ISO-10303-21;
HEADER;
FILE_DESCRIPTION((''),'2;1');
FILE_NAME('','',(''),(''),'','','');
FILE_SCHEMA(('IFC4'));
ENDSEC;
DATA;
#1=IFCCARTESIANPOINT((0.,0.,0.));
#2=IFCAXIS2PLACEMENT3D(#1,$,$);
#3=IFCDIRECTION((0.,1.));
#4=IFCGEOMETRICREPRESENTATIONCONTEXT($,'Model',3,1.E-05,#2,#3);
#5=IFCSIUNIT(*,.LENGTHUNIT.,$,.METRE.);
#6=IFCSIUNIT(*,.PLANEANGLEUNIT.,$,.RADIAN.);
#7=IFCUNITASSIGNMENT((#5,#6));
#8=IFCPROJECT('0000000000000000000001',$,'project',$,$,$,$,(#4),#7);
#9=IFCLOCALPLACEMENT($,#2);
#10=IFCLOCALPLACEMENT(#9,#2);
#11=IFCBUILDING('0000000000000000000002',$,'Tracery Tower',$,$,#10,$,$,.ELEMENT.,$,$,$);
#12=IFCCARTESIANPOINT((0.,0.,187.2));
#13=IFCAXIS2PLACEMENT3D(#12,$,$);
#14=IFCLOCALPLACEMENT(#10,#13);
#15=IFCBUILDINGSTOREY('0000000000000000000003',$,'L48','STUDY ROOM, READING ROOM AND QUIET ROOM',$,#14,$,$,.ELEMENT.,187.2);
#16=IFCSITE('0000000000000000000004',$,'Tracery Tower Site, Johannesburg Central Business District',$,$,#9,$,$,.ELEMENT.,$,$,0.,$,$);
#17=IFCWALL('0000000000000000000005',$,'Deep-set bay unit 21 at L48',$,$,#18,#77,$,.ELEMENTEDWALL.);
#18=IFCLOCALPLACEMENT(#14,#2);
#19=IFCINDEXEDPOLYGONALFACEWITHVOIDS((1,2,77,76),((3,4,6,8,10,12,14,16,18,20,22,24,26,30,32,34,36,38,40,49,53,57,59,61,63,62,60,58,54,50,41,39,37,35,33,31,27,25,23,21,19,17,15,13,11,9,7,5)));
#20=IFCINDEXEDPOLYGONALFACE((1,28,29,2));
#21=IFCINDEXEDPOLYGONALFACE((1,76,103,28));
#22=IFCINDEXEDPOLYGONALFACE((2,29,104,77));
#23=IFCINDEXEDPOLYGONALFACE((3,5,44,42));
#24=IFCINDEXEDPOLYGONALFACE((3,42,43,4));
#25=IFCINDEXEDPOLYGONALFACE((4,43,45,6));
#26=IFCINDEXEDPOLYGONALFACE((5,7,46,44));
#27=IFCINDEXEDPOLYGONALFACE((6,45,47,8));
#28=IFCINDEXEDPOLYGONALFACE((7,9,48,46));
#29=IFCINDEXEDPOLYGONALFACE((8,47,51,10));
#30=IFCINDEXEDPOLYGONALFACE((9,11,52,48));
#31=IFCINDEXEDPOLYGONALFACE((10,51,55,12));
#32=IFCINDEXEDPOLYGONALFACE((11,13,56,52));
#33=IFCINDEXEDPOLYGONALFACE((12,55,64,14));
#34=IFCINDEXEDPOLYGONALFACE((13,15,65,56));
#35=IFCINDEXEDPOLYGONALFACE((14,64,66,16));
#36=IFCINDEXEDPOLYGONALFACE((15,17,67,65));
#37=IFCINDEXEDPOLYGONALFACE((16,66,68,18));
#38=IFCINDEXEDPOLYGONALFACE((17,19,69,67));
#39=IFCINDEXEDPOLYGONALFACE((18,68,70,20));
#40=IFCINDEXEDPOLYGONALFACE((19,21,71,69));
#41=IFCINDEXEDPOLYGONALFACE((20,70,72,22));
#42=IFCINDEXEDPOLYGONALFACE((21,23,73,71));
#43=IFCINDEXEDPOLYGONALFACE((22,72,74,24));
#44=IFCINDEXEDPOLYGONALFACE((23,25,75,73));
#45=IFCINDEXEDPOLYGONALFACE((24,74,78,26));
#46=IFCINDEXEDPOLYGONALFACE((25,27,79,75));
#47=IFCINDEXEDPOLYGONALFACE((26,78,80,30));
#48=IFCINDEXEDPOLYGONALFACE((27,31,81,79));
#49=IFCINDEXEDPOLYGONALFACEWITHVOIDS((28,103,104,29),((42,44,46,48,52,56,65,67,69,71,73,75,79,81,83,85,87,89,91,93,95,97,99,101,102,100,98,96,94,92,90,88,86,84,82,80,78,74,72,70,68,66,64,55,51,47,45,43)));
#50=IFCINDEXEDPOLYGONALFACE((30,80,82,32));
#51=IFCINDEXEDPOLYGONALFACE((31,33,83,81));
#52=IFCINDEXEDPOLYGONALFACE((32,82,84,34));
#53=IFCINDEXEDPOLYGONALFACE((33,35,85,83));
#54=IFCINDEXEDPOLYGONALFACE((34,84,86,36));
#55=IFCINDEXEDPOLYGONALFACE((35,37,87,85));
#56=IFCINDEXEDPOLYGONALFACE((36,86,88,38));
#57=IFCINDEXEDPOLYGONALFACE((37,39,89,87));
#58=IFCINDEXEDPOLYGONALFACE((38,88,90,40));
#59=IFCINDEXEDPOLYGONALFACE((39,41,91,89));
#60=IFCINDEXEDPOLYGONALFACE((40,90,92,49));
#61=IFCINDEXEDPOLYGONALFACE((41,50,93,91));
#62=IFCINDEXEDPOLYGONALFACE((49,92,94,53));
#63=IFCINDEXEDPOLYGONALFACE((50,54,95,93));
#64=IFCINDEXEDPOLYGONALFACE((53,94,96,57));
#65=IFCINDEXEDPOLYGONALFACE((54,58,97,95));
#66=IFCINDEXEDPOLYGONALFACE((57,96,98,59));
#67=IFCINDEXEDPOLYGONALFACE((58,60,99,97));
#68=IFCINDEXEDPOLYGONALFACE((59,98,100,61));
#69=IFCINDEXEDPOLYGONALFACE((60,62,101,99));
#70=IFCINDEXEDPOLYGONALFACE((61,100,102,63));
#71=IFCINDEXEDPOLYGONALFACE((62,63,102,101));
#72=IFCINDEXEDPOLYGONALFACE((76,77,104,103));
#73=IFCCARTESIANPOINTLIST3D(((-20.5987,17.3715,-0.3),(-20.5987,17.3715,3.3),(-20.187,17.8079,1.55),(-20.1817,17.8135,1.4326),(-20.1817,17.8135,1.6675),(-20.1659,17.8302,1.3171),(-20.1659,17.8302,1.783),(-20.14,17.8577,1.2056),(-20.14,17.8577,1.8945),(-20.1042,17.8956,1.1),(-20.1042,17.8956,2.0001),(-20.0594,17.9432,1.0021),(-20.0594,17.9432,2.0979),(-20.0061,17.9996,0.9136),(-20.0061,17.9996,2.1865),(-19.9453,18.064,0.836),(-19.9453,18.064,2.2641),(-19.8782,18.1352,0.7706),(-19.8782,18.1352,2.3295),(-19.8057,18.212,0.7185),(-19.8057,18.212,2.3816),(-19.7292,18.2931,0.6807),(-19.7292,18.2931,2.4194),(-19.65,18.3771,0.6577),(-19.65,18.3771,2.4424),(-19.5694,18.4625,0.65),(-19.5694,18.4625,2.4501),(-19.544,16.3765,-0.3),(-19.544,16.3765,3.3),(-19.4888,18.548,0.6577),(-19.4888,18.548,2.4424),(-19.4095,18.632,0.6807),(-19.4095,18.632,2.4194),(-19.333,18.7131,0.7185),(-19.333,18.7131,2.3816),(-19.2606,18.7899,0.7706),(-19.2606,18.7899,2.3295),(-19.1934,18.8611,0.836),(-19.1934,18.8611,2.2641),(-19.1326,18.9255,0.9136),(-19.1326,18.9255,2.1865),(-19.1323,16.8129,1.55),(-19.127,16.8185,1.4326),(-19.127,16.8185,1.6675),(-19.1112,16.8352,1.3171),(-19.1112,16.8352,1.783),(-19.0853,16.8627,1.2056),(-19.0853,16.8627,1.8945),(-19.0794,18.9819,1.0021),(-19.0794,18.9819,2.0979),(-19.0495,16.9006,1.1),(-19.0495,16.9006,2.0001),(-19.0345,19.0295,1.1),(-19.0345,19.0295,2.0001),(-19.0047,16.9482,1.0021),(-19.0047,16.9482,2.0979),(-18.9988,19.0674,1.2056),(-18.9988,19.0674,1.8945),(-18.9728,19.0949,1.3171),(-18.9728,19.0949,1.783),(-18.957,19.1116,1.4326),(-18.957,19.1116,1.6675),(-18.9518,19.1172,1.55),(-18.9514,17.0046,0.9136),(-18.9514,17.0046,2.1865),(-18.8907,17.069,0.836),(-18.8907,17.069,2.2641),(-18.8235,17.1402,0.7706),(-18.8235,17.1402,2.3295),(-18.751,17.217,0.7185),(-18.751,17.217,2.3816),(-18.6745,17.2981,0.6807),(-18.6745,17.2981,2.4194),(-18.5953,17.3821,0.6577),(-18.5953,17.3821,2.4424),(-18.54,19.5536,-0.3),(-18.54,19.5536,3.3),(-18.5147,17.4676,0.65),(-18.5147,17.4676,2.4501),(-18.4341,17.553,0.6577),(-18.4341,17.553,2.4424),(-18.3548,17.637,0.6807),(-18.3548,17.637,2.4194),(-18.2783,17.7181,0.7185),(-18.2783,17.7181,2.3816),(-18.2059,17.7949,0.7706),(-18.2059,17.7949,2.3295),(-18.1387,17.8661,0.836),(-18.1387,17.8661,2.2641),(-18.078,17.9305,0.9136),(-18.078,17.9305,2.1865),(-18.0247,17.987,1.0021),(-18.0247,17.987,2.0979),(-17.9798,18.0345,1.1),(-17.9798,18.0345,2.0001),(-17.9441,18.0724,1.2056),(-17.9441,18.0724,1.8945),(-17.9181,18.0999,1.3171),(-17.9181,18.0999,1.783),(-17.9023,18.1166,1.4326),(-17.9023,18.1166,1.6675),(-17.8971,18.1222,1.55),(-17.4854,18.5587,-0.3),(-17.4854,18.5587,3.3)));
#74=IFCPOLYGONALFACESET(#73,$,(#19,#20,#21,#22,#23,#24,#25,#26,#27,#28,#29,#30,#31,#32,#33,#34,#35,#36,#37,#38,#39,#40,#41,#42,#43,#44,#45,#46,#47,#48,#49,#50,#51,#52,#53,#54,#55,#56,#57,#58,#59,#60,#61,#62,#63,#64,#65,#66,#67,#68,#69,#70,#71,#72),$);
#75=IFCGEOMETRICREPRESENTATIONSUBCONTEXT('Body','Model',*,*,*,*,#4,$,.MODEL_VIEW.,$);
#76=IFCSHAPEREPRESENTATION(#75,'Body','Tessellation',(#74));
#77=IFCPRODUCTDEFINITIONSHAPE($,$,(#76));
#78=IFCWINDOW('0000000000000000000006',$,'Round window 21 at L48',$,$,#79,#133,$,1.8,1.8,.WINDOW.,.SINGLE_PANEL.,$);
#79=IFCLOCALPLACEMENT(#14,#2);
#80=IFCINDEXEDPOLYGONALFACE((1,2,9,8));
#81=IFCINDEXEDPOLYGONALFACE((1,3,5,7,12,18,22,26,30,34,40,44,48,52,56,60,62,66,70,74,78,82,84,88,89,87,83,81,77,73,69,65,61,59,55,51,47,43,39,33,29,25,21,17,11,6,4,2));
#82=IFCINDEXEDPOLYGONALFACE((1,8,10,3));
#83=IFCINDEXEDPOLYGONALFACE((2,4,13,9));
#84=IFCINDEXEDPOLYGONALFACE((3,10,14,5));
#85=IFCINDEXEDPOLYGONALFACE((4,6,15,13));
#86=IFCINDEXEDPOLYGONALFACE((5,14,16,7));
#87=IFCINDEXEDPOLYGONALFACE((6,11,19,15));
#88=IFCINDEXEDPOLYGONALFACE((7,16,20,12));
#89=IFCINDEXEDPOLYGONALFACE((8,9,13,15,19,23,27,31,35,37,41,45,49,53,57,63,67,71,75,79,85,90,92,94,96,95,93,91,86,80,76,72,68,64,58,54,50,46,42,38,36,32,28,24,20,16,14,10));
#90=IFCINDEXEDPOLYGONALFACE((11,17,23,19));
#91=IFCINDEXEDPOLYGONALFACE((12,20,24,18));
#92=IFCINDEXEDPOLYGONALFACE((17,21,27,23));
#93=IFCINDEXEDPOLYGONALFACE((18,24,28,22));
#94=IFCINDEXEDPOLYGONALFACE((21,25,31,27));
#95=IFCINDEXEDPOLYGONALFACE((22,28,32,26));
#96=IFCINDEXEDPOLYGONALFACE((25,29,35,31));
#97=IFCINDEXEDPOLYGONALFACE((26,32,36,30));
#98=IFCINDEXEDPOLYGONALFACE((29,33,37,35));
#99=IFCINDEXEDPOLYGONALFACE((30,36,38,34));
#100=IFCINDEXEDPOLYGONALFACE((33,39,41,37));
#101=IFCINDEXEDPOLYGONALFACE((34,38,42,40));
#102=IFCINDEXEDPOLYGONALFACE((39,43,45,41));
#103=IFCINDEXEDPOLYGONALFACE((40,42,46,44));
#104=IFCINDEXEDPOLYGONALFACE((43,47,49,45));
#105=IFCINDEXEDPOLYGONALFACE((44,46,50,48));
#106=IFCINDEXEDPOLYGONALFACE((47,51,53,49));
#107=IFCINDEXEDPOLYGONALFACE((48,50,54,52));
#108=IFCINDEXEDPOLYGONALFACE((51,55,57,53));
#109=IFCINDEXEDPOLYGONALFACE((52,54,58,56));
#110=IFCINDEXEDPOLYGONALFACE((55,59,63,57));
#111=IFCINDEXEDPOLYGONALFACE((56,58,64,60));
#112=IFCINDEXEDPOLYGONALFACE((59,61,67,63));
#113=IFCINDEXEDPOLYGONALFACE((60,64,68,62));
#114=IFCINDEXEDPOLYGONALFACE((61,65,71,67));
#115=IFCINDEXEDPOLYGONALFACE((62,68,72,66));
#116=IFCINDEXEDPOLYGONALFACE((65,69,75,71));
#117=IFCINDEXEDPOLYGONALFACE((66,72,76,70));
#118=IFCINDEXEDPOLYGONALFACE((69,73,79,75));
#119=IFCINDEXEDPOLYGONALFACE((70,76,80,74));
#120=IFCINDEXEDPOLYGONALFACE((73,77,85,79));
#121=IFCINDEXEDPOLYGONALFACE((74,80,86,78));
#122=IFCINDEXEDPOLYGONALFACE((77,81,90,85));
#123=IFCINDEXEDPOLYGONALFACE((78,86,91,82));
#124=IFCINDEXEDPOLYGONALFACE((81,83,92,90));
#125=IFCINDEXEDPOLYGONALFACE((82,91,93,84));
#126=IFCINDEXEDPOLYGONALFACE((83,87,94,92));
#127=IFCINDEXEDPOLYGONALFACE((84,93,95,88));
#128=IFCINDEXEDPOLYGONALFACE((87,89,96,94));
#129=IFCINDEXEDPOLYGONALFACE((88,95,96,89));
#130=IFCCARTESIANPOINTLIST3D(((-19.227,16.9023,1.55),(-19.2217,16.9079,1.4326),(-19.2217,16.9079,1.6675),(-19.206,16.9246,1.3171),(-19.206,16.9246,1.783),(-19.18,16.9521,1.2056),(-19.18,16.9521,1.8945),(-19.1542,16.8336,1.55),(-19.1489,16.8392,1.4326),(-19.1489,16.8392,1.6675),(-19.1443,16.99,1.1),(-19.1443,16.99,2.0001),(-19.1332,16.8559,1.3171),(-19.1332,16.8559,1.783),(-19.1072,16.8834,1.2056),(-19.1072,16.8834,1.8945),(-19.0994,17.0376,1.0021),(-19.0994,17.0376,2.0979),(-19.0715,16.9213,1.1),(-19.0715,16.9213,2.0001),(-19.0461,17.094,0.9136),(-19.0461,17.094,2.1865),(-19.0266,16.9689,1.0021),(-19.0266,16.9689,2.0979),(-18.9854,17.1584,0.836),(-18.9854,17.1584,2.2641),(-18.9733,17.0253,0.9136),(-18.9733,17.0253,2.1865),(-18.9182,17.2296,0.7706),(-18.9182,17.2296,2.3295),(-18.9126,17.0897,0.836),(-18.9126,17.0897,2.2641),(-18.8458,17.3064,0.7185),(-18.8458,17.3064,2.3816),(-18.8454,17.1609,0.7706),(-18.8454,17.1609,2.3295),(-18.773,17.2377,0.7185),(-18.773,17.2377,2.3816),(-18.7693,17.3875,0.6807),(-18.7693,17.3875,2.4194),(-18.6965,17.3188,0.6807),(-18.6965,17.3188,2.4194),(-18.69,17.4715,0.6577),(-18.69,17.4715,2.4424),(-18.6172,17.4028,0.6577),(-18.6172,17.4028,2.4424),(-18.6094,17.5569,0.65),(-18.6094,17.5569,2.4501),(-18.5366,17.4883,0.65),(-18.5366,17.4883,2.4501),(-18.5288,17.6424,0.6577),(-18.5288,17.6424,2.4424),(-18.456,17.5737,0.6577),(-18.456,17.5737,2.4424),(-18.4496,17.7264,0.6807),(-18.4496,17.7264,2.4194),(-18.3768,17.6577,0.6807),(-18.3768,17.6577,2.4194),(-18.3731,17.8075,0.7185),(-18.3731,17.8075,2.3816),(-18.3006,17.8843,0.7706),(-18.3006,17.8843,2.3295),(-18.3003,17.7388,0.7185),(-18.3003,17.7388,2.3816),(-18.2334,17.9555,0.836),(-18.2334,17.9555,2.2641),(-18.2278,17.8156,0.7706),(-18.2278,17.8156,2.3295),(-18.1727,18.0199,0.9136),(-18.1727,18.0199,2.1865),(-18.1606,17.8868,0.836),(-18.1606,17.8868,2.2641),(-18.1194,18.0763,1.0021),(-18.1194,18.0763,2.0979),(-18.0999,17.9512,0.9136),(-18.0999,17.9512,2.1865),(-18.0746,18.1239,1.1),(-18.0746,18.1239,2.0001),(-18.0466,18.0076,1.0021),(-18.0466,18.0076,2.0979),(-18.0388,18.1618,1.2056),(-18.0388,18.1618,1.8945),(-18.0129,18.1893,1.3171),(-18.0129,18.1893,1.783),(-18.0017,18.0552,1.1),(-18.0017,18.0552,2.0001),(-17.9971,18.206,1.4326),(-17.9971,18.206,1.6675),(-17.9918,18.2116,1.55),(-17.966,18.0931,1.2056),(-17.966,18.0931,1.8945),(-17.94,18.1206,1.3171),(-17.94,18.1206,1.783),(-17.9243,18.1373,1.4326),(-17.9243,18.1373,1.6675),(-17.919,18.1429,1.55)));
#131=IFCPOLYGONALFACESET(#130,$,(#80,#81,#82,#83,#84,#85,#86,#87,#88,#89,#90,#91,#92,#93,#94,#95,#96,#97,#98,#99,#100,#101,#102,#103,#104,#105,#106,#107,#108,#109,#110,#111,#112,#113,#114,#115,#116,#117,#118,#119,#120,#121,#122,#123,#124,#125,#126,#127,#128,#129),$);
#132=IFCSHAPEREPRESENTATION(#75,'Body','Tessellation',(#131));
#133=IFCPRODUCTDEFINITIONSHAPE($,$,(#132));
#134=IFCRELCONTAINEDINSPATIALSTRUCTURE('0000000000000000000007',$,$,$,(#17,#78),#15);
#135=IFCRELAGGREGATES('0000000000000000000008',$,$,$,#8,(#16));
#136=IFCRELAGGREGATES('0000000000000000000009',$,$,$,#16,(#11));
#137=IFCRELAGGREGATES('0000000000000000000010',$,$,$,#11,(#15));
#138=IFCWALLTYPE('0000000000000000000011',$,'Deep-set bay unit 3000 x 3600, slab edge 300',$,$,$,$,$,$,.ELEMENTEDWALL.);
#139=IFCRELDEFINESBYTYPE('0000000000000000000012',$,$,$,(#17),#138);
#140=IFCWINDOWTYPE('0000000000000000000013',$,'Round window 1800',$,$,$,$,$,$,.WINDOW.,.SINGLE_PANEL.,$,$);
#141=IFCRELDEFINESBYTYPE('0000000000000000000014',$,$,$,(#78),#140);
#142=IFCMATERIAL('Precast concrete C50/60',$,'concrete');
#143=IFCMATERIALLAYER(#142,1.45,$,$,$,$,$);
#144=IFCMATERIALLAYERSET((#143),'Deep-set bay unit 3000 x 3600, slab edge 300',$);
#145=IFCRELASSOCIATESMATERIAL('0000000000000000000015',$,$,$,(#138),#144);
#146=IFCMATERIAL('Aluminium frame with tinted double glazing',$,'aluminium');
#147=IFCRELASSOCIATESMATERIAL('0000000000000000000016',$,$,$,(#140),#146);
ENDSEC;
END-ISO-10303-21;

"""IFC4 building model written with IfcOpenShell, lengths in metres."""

from ifc_helpers import new_model, si_unit, direction, frame, frame_2d, origin, origin_2d, place, context, subcontext, project, spatial, rectangle, circle, extrude, material, layer, layer_set, type_object, element, fill, save


model = new_model("IFC4")

# Units and contexts
model_context = context("Model", 3, precision=1e-05, world=origin(), true_north=direction((0.0, 1.0)))
body_context = subcontext(model_context, "Body", "Model", "MODEL_VIEW")
ifc_project = project(units=[si_unit("LENGTHUNIT", "METRE"), si_unit("PLANEANGLEUNIT", "RADIAN")], contexts=[model_context])

# Site, building, storey
site_placement = place(None, origin())
site = spatial("IfcSite", under=ifc_project, at=site_placement, Name="Tracery Tower Site, Johannesburg Central Business District", CompositionType="ELEMENT", RefElevation=0.0)
building_placement = place(site_placement, origin())
building = spatial("IfcBuilding", under=site, at=building_placement, Name="Tracery Tower", CompositionType="ELEMENT")
storey_placement = place(building_placement, frame((0.0, 0.0, 187.2)))
storey = spatial("IfcBuildingStorey", under=building, at=storey_placement, Name="L48", Description="STUDY ROOM, READING ROOM AND QUIET ROOM", CompositionType="ELEMENT", Elevation=187.2)

# Wall, opening, window
ifc_material_1 = material(Name="Precast concrete C50/60", Category="concrete")
ifc_layer_1 = layer(ifc_material_1, 1.45)
ifc_layer_set_1 = layer_set([ifc_layer_1], Name="Deep-set bay unit 3000 x 3600, slab edge 300")
wall_type_1 = type_object("IfcWallType", Name="Deep-set bay unit 3000 x 3600, slab edge 300", PredefinedType="ELEMENTEDWALL", material=ifc_layer_set_1)
wall_1_placement = place(storey_placement, frame((-18.0127, 19.0562, -0.3), z_axis=(0.0, 0.0, 1.0), x_axis=(-0.686217, -0.727397, 0.0)))
wall_1 = element("IfcWall", 1, at=wall_1_placement, inside=storey, type_object=wall_type_1, Name="Deep-set bay unit 21 at L48", PredefinedType="ELEMENTEDWALL", context=body_context, shape_type="SweptSolid", body=[
    extrude(rectangle(XDim=3.0, YDim=1.45, at=frame_2d((1.5, 0.0))), origin(), (0.0, 0.0, 1.0), 3.6001),
])
opening_1_placement = place(wall_1_placement, frame((1.5, 0.0, 1.8501)))
opening_1 = element("IfcOpeningElement", 2, at=opening_1_placement, cuts=wall_1, PredefinedType="OPENING", context=body_context, shape_type="SweptSolid", body=[
    extrude(circle(Radius=0.9, at=origin_2d()), frame((0.0, 0.7349, 0.0), z_axis=(0.0, -1.0, 0.0), x_axis=(1.0, 0.0, 0.0)), (0.0, 0.0, 1.0), 1.47),
])
ifc_material_2 = material(Name="Aluminium frame with tinted double glazing", Category="aluminium")
window_type = type_object("IfcWindowType", Name="Round window 1800", PartitioningType="SINGLE_PANEL", PredefinedType="WINDOW", material=ifc_material_2)
window_1_placement = place(opening_1_placement, origin())
window_1 = element("IfcWindow", 3, at=window_1_placement, inside=storey, type_object=window_type, Name="Round window 21 at L48", OverallHeight=1.8, OverallWidth=1.8, PartitioningType="SINGLE_PANEL", PredefinedType="WINDOW", context=body_context, shape_type="SweptSolid", body=[
    extrude(circle(Radius=0.9, at=origin_2d()), frame((0.0, 0.6948, 0.0), z_axis=(0.0, -1.0, 0.0), x_axis=(1.0, 0.0, 0.0)), (0.0, 0.0, 1.0), 0.1001),
])
fill(opening_1, window_1)

save(model, "model.ifc")
